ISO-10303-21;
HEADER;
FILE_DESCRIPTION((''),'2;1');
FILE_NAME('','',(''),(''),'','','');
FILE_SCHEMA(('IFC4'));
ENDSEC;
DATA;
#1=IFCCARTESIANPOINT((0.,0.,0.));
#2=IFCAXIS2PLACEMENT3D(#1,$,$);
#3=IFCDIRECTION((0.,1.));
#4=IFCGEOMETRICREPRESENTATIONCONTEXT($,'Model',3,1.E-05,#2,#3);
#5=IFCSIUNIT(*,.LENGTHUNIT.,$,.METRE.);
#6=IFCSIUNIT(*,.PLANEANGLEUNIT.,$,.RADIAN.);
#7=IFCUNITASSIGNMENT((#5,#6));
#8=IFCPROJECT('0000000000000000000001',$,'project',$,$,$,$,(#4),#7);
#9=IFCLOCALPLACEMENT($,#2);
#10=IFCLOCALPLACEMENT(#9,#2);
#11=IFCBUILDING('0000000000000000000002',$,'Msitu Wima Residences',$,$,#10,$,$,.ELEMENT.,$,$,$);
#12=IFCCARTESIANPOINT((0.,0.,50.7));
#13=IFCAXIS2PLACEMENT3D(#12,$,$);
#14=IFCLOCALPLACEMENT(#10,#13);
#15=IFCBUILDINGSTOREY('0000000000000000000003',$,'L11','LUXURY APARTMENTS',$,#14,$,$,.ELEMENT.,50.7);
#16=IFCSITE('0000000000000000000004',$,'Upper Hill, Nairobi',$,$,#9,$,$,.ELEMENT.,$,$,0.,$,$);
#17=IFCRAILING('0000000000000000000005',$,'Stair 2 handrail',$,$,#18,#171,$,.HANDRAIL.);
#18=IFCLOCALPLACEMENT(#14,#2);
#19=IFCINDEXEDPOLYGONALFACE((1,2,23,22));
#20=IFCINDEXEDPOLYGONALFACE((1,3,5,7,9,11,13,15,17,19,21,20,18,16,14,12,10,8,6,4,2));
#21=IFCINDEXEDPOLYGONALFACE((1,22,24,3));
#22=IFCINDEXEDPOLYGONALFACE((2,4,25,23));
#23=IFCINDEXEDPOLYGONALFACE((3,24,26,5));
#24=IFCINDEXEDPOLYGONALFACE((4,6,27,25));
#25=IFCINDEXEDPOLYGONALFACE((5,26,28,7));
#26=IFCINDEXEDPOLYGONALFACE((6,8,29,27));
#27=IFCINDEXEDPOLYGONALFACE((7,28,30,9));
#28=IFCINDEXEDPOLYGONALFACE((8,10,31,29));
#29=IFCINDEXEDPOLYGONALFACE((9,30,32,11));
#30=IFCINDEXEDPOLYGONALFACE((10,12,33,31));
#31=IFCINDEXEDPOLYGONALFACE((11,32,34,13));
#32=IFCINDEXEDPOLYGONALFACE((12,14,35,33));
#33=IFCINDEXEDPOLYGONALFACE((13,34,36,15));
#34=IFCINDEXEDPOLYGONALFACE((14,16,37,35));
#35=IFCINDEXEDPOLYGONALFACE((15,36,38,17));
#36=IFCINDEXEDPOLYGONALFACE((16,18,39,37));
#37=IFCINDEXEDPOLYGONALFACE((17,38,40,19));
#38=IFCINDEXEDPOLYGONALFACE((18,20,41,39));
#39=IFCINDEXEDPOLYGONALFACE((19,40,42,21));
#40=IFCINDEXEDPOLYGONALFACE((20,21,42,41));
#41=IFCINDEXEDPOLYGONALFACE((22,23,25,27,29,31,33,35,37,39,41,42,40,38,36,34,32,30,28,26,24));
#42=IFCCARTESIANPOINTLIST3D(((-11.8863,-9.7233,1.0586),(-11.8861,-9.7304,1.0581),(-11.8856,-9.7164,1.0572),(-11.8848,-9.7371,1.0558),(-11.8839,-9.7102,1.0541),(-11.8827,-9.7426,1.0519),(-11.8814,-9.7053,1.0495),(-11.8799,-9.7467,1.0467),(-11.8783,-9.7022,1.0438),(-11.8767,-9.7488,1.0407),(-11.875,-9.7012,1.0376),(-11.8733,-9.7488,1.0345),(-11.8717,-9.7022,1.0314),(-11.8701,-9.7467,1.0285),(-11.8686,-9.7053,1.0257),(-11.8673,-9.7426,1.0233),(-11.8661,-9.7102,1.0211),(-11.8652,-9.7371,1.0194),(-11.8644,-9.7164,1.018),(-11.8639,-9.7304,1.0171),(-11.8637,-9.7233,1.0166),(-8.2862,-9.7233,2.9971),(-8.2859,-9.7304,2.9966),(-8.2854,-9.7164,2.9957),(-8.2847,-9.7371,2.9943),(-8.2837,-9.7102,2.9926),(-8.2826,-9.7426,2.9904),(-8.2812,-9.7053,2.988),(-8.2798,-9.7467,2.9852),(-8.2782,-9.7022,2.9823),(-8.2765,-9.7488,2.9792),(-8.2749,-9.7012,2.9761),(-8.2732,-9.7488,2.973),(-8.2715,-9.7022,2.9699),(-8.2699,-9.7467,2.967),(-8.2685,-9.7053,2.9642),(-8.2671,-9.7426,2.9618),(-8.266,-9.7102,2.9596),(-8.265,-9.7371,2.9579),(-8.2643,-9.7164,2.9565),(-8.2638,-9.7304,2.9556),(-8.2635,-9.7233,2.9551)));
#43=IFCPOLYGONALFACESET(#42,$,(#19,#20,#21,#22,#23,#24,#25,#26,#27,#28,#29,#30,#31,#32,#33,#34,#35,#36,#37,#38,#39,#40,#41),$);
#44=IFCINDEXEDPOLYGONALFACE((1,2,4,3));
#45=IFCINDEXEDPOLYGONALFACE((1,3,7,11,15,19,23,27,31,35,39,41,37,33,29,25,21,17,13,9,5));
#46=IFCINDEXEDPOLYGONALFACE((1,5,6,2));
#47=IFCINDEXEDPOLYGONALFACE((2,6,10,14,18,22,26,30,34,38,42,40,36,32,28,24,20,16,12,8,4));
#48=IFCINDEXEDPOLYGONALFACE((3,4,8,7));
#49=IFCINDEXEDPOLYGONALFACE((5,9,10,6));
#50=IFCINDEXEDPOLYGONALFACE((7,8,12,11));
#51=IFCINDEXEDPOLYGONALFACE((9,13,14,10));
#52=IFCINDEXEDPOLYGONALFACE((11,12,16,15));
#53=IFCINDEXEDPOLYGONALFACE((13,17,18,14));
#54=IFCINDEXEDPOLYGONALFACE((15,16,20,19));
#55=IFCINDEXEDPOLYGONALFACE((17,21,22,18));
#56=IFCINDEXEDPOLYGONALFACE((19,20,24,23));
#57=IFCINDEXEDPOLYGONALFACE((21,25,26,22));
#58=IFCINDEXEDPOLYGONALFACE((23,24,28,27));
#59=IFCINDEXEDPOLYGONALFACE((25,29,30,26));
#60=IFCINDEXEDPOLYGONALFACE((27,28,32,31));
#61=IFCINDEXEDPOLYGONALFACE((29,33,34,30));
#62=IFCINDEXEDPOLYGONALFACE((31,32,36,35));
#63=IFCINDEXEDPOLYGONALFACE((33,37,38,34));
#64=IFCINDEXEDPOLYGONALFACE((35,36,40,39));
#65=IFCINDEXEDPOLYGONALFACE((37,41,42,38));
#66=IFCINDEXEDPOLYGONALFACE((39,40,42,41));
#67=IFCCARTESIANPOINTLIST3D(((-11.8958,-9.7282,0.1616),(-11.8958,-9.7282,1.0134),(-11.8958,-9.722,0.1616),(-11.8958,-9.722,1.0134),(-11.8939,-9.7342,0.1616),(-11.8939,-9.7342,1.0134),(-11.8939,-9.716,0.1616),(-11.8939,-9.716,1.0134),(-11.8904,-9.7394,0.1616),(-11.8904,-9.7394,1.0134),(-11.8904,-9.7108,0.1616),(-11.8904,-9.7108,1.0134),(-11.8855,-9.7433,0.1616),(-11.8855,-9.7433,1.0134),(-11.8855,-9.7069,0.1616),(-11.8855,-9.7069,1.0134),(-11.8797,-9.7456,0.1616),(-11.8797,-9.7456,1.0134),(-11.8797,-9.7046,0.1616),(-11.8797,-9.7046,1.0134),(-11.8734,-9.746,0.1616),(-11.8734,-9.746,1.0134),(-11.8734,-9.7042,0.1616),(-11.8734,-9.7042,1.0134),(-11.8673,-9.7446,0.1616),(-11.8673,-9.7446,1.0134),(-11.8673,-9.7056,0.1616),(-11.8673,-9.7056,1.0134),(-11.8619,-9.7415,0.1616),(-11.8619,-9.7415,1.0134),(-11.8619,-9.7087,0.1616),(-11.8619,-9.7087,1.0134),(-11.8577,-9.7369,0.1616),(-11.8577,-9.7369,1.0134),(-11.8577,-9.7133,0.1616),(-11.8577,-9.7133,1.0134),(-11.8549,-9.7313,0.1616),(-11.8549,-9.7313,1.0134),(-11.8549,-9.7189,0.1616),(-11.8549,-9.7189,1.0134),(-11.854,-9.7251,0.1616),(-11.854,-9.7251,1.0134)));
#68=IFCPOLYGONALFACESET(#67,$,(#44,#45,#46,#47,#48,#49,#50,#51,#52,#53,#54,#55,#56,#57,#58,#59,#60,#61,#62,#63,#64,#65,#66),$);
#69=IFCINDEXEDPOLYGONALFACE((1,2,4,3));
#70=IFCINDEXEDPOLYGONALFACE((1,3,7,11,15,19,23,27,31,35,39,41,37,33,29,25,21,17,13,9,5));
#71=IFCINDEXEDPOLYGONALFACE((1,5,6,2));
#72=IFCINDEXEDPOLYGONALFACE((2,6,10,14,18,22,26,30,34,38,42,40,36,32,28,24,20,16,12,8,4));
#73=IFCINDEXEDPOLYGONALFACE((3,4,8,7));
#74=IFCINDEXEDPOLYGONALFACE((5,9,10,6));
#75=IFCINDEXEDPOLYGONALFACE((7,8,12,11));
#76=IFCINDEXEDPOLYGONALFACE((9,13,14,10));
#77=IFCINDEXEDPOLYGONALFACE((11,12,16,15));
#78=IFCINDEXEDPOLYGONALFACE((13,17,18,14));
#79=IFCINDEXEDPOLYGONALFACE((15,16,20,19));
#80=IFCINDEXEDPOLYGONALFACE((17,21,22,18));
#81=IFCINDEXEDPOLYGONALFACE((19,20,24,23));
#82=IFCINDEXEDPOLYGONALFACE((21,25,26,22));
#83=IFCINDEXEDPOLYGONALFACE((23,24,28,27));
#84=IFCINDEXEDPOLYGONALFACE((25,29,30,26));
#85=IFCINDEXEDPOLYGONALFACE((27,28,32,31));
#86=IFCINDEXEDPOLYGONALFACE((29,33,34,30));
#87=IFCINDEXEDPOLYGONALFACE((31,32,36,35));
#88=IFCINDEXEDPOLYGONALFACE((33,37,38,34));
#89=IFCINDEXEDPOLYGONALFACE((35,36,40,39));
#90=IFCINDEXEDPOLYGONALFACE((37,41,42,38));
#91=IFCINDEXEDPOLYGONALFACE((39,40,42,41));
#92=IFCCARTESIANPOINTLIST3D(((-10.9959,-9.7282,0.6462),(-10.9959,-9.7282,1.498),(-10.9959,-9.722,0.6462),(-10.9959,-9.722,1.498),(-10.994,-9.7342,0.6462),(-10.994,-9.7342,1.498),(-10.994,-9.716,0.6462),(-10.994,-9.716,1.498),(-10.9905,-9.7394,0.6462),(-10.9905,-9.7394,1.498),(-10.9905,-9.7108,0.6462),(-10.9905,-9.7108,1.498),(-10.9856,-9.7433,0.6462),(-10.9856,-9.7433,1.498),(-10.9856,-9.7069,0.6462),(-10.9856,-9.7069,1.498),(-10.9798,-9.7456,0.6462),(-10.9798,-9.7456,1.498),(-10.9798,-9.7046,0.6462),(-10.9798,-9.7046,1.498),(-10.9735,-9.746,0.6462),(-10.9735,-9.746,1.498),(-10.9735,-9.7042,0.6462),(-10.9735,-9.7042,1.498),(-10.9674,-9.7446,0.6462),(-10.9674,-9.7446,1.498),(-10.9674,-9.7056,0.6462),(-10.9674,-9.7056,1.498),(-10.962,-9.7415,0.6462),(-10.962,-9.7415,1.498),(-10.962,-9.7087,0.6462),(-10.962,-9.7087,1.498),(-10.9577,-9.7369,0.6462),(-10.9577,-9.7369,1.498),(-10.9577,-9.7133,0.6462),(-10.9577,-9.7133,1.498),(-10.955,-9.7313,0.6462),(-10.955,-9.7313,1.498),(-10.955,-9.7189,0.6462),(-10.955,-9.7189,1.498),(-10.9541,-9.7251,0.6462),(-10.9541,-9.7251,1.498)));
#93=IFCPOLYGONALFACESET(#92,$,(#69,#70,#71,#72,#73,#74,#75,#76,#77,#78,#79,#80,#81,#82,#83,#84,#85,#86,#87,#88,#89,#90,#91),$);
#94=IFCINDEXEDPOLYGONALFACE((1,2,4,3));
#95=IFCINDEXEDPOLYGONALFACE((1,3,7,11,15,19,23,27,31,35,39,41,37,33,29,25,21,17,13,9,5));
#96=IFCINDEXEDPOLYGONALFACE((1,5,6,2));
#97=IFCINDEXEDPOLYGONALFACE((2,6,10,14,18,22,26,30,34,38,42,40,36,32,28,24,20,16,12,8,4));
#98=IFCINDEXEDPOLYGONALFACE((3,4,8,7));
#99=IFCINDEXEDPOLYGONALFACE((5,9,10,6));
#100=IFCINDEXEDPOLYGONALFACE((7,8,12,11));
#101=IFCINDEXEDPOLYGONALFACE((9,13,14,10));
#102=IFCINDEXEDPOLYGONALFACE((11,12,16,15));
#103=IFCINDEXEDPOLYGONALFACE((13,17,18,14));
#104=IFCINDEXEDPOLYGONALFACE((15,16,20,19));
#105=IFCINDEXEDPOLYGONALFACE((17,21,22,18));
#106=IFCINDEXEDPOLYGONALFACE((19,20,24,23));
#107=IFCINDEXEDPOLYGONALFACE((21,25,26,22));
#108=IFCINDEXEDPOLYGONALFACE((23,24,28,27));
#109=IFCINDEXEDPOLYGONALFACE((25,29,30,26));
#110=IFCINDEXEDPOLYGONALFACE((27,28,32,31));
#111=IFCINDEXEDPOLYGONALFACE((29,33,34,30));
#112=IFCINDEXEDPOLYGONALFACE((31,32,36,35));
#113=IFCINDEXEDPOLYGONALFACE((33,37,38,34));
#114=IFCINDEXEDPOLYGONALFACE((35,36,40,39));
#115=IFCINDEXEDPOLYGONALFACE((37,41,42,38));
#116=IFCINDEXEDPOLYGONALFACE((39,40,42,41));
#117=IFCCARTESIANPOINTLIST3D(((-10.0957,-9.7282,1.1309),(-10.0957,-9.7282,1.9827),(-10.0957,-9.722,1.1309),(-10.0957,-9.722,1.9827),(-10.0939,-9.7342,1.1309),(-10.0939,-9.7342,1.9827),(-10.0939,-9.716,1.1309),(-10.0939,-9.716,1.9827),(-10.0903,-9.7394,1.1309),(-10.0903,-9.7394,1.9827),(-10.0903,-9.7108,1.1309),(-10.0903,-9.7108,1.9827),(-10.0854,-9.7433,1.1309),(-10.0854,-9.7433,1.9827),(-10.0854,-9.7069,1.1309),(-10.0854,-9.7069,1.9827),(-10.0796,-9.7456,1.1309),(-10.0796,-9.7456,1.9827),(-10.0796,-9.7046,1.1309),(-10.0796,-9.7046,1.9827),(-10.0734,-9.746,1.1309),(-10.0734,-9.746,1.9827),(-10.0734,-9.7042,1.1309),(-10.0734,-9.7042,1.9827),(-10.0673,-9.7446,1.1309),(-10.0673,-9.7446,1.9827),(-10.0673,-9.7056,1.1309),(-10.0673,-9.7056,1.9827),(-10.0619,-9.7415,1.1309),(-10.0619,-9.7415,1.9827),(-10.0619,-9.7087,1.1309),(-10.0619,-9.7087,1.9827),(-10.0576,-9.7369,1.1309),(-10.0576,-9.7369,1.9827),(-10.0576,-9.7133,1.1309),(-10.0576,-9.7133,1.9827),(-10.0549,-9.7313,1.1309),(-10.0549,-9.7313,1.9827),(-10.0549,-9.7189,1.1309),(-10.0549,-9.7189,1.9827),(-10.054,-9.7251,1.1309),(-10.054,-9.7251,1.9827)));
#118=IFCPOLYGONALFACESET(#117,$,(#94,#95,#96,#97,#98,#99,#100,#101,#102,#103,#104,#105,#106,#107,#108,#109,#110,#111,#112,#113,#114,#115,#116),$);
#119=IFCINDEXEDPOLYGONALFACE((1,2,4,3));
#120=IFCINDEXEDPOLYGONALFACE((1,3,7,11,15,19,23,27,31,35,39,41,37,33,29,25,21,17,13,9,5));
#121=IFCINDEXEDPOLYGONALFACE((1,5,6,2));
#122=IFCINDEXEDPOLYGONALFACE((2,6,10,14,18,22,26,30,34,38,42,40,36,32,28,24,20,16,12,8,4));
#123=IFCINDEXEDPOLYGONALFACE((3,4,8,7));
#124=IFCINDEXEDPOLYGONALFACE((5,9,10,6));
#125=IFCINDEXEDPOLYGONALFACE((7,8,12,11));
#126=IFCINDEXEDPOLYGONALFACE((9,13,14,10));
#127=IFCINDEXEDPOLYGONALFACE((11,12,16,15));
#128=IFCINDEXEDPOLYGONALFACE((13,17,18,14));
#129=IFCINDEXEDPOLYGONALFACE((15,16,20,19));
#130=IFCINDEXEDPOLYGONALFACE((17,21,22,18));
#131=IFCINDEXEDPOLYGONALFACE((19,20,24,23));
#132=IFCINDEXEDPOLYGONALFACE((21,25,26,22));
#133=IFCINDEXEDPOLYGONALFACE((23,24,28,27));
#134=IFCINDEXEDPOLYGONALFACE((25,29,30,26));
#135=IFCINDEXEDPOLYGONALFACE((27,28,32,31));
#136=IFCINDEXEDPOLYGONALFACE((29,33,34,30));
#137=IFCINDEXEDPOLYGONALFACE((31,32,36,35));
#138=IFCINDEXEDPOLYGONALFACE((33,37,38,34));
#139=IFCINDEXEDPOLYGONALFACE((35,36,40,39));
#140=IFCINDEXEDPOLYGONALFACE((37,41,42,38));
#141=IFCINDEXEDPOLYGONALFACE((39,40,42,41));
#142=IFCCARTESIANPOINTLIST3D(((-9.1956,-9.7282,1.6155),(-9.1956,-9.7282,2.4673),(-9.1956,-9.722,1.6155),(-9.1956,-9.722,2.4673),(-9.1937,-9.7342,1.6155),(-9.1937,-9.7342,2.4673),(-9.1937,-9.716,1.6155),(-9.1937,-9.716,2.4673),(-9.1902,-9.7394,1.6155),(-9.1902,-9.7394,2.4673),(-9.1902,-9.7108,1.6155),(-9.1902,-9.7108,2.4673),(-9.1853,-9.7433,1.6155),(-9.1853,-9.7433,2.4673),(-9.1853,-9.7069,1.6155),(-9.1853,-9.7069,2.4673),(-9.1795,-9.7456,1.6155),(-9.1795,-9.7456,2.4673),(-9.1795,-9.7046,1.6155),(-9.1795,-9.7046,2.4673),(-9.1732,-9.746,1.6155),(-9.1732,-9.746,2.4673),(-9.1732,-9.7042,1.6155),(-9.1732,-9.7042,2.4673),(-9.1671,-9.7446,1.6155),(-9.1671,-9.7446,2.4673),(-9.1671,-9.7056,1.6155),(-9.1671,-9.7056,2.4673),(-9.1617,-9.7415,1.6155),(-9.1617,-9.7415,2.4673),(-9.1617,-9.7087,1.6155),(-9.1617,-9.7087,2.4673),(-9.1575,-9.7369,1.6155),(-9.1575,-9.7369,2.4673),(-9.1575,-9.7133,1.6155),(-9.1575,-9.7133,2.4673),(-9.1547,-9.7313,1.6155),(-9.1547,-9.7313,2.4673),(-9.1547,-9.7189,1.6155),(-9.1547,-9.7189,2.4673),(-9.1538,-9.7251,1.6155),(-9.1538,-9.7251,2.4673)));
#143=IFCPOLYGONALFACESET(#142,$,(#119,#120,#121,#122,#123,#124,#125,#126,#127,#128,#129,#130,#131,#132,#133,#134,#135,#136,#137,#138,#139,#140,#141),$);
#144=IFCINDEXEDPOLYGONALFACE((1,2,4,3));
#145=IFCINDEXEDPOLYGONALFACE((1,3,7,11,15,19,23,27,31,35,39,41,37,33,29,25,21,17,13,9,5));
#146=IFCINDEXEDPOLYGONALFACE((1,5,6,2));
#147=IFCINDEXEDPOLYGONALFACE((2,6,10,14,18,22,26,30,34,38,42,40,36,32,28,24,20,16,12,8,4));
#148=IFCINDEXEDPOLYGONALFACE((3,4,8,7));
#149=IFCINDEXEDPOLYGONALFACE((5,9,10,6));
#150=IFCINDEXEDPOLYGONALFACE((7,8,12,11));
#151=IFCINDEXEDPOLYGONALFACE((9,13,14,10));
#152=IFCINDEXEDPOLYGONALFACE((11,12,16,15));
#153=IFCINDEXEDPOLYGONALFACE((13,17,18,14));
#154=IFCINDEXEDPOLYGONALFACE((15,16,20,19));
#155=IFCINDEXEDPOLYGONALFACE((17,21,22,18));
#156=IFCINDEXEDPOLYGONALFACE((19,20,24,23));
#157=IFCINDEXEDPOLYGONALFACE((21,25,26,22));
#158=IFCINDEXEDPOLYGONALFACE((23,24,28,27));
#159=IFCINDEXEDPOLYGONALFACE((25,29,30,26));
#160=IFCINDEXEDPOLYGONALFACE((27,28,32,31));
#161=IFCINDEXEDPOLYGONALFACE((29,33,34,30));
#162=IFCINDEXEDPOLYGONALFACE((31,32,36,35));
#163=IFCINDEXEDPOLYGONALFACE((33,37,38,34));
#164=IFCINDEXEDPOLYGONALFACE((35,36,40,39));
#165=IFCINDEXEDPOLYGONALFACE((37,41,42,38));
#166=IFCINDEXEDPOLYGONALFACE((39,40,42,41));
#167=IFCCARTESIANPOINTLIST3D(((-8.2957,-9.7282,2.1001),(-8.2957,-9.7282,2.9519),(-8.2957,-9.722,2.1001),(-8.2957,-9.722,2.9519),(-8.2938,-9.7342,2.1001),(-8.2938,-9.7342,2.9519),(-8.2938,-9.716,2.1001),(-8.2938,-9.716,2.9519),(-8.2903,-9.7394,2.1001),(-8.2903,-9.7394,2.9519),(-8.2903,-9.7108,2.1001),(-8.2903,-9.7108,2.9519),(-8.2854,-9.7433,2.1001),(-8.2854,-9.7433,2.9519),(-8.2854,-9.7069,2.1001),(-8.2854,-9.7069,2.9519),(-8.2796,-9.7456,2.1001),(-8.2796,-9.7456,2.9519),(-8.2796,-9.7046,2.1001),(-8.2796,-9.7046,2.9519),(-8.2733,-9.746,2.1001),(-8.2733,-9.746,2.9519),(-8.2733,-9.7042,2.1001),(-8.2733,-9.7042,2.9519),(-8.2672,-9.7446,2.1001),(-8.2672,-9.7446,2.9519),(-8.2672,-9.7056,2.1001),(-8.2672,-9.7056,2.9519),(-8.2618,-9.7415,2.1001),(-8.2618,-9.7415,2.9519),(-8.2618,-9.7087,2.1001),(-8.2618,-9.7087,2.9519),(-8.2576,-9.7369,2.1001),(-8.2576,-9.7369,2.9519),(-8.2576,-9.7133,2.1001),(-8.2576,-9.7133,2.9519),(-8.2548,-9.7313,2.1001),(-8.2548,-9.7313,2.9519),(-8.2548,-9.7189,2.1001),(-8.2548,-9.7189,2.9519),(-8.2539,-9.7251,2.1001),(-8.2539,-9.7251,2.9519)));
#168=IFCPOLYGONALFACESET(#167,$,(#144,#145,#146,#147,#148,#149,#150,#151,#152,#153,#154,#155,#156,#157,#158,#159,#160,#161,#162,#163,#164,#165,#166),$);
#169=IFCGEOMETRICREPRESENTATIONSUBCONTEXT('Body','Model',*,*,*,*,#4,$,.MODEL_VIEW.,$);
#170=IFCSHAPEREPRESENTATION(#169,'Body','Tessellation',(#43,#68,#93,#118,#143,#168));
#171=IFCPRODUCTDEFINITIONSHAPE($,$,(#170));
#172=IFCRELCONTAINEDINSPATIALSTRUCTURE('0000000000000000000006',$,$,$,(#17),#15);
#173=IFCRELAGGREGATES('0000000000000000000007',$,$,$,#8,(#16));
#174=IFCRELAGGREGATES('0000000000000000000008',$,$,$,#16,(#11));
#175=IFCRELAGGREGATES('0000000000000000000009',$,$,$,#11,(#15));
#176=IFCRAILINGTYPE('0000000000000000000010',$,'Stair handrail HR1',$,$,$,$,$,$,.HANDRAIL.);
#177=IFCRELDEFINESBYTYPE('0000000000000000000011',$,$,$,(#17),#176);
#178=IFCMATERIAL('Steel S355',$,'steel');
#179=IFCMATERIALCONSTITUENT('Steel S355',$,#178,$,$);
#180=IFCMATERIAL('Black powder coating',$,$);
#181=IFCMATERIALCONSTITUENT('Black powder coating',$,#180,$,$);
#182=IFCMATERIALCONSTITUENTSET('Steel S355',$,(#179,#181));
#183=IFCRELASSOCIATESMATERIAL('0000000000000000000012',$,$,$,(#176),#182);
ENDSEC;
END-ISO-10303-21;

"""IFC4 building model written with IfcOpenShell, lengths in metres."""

from ifc_helpers import new_model, si_unit, direction, frame, origin, origin_2d, place, context, subcontext, project, spatial, circle, extrude, material, constituent, constituent_set, type_object, element, save


model = new_model("IFC4")

# Units and contexts
model_context = context("Model", 3, precision=1e-05, world=origin(), true_north=direction((0.0, 1.0)))
body_context = subcontext(model_context, "Body", "Model", "MODEL_VIEW")
ifc_project = project(units=[si_unit("LENGTHUNIT", "METRE"), si_unit("PLANEANGLEUNIT", "RADIAN")], contexts=[model_context])

# Site, building, storey
site_placement = place(None, origin())
site = spatial("IfcSite", under=ifc_project, at=site_placement, Name="Upper Hill, Nairobi", CompositionType="ELEMENT", RefElevation=0.0)
building_placement = place(site_placement, origin())
building = spatial("IfcBuilding", under=site, at=building_placement, Name="Msitu Wima Residences", CompositionType="ELEMENT")
storey_placement = place(building_placement, frame((0.0, 0.0, 50.7)))
storey = spatial("IfcBuildingStorey", under=building, at=storey_placement, Name="L11", Description="LUXURY APARTMENTS", CompositionType="ELEMENT", Elevation=50.7)

# Railing
ifc_material_1 = material(Name="Steel S355", Category="steel")
ifc_constituent_1 = constituent(ifc_material_1, Name="Steel S355")
ifc_material_2 = material(Name="Black powder coating")
ifc_constituent_2 = constituent(ifc_material_2, Name="Black powder coating")
ifc_constituent_set = constituent_set(constituents=[ifc_constituent_1, ifc_constituent_2], Name="Steel S355")
railing_type = type_object("IfcRailingType", Name="Stair handrail HR1", PredefinedType="HANDRAIL", material=ifc_constituent_set)
for number, where, name in (
    (1, (-11.875, -9.7251, 0.1616), "Stair 2 handrail"),
):
    element("IfcRailing", number, at=place(storey_placement, frame(where)), inside=storey, type_object=railing_type, Name=name, PredefinedType="HANDRAIL", context=body_context, shape_type="SweptSolid", body=[
        extrude(circle(Radius=0.0239, at=origin_2d()), frame((0.0, 0.0, 0.876), z_axis=(0.880475, 0.0, 0.474093), x_axis=(0.0, 1.0, 0.0)), (0.0, 0.0, 1.0), 4.0889),
        extrude(circle(Radius=0.021, at=origin_2d()), origin(), (0.0, 0.0, 1.0), 0.8518),
        extrude(circle(Radius=0.021, at=origin_2d()), frame((0.8999, 0.0, 0.4846)), (0.0, 0.0, 1.0), 0.8518),
        extrude(circle(Radius=0.021, at=origin_2d()), frame((1.8, 0.0, 0.9692)), (0.0, 0.0, 1.0), 0.8518),
        extrude(circle(Radius=0.021, at=origin_2d()), frame((2.7002, 0.0, 1.4539)), (0.0, 0.0, 1.0), 0.8518),
        extrude(circle(Radius=0.021, at=origin_2d()), frame((3.6001, 0.0, 1.9385)), (0.0, 0.0, 1.0), 0.8518),
    ])

save(model, "model.ifc")
